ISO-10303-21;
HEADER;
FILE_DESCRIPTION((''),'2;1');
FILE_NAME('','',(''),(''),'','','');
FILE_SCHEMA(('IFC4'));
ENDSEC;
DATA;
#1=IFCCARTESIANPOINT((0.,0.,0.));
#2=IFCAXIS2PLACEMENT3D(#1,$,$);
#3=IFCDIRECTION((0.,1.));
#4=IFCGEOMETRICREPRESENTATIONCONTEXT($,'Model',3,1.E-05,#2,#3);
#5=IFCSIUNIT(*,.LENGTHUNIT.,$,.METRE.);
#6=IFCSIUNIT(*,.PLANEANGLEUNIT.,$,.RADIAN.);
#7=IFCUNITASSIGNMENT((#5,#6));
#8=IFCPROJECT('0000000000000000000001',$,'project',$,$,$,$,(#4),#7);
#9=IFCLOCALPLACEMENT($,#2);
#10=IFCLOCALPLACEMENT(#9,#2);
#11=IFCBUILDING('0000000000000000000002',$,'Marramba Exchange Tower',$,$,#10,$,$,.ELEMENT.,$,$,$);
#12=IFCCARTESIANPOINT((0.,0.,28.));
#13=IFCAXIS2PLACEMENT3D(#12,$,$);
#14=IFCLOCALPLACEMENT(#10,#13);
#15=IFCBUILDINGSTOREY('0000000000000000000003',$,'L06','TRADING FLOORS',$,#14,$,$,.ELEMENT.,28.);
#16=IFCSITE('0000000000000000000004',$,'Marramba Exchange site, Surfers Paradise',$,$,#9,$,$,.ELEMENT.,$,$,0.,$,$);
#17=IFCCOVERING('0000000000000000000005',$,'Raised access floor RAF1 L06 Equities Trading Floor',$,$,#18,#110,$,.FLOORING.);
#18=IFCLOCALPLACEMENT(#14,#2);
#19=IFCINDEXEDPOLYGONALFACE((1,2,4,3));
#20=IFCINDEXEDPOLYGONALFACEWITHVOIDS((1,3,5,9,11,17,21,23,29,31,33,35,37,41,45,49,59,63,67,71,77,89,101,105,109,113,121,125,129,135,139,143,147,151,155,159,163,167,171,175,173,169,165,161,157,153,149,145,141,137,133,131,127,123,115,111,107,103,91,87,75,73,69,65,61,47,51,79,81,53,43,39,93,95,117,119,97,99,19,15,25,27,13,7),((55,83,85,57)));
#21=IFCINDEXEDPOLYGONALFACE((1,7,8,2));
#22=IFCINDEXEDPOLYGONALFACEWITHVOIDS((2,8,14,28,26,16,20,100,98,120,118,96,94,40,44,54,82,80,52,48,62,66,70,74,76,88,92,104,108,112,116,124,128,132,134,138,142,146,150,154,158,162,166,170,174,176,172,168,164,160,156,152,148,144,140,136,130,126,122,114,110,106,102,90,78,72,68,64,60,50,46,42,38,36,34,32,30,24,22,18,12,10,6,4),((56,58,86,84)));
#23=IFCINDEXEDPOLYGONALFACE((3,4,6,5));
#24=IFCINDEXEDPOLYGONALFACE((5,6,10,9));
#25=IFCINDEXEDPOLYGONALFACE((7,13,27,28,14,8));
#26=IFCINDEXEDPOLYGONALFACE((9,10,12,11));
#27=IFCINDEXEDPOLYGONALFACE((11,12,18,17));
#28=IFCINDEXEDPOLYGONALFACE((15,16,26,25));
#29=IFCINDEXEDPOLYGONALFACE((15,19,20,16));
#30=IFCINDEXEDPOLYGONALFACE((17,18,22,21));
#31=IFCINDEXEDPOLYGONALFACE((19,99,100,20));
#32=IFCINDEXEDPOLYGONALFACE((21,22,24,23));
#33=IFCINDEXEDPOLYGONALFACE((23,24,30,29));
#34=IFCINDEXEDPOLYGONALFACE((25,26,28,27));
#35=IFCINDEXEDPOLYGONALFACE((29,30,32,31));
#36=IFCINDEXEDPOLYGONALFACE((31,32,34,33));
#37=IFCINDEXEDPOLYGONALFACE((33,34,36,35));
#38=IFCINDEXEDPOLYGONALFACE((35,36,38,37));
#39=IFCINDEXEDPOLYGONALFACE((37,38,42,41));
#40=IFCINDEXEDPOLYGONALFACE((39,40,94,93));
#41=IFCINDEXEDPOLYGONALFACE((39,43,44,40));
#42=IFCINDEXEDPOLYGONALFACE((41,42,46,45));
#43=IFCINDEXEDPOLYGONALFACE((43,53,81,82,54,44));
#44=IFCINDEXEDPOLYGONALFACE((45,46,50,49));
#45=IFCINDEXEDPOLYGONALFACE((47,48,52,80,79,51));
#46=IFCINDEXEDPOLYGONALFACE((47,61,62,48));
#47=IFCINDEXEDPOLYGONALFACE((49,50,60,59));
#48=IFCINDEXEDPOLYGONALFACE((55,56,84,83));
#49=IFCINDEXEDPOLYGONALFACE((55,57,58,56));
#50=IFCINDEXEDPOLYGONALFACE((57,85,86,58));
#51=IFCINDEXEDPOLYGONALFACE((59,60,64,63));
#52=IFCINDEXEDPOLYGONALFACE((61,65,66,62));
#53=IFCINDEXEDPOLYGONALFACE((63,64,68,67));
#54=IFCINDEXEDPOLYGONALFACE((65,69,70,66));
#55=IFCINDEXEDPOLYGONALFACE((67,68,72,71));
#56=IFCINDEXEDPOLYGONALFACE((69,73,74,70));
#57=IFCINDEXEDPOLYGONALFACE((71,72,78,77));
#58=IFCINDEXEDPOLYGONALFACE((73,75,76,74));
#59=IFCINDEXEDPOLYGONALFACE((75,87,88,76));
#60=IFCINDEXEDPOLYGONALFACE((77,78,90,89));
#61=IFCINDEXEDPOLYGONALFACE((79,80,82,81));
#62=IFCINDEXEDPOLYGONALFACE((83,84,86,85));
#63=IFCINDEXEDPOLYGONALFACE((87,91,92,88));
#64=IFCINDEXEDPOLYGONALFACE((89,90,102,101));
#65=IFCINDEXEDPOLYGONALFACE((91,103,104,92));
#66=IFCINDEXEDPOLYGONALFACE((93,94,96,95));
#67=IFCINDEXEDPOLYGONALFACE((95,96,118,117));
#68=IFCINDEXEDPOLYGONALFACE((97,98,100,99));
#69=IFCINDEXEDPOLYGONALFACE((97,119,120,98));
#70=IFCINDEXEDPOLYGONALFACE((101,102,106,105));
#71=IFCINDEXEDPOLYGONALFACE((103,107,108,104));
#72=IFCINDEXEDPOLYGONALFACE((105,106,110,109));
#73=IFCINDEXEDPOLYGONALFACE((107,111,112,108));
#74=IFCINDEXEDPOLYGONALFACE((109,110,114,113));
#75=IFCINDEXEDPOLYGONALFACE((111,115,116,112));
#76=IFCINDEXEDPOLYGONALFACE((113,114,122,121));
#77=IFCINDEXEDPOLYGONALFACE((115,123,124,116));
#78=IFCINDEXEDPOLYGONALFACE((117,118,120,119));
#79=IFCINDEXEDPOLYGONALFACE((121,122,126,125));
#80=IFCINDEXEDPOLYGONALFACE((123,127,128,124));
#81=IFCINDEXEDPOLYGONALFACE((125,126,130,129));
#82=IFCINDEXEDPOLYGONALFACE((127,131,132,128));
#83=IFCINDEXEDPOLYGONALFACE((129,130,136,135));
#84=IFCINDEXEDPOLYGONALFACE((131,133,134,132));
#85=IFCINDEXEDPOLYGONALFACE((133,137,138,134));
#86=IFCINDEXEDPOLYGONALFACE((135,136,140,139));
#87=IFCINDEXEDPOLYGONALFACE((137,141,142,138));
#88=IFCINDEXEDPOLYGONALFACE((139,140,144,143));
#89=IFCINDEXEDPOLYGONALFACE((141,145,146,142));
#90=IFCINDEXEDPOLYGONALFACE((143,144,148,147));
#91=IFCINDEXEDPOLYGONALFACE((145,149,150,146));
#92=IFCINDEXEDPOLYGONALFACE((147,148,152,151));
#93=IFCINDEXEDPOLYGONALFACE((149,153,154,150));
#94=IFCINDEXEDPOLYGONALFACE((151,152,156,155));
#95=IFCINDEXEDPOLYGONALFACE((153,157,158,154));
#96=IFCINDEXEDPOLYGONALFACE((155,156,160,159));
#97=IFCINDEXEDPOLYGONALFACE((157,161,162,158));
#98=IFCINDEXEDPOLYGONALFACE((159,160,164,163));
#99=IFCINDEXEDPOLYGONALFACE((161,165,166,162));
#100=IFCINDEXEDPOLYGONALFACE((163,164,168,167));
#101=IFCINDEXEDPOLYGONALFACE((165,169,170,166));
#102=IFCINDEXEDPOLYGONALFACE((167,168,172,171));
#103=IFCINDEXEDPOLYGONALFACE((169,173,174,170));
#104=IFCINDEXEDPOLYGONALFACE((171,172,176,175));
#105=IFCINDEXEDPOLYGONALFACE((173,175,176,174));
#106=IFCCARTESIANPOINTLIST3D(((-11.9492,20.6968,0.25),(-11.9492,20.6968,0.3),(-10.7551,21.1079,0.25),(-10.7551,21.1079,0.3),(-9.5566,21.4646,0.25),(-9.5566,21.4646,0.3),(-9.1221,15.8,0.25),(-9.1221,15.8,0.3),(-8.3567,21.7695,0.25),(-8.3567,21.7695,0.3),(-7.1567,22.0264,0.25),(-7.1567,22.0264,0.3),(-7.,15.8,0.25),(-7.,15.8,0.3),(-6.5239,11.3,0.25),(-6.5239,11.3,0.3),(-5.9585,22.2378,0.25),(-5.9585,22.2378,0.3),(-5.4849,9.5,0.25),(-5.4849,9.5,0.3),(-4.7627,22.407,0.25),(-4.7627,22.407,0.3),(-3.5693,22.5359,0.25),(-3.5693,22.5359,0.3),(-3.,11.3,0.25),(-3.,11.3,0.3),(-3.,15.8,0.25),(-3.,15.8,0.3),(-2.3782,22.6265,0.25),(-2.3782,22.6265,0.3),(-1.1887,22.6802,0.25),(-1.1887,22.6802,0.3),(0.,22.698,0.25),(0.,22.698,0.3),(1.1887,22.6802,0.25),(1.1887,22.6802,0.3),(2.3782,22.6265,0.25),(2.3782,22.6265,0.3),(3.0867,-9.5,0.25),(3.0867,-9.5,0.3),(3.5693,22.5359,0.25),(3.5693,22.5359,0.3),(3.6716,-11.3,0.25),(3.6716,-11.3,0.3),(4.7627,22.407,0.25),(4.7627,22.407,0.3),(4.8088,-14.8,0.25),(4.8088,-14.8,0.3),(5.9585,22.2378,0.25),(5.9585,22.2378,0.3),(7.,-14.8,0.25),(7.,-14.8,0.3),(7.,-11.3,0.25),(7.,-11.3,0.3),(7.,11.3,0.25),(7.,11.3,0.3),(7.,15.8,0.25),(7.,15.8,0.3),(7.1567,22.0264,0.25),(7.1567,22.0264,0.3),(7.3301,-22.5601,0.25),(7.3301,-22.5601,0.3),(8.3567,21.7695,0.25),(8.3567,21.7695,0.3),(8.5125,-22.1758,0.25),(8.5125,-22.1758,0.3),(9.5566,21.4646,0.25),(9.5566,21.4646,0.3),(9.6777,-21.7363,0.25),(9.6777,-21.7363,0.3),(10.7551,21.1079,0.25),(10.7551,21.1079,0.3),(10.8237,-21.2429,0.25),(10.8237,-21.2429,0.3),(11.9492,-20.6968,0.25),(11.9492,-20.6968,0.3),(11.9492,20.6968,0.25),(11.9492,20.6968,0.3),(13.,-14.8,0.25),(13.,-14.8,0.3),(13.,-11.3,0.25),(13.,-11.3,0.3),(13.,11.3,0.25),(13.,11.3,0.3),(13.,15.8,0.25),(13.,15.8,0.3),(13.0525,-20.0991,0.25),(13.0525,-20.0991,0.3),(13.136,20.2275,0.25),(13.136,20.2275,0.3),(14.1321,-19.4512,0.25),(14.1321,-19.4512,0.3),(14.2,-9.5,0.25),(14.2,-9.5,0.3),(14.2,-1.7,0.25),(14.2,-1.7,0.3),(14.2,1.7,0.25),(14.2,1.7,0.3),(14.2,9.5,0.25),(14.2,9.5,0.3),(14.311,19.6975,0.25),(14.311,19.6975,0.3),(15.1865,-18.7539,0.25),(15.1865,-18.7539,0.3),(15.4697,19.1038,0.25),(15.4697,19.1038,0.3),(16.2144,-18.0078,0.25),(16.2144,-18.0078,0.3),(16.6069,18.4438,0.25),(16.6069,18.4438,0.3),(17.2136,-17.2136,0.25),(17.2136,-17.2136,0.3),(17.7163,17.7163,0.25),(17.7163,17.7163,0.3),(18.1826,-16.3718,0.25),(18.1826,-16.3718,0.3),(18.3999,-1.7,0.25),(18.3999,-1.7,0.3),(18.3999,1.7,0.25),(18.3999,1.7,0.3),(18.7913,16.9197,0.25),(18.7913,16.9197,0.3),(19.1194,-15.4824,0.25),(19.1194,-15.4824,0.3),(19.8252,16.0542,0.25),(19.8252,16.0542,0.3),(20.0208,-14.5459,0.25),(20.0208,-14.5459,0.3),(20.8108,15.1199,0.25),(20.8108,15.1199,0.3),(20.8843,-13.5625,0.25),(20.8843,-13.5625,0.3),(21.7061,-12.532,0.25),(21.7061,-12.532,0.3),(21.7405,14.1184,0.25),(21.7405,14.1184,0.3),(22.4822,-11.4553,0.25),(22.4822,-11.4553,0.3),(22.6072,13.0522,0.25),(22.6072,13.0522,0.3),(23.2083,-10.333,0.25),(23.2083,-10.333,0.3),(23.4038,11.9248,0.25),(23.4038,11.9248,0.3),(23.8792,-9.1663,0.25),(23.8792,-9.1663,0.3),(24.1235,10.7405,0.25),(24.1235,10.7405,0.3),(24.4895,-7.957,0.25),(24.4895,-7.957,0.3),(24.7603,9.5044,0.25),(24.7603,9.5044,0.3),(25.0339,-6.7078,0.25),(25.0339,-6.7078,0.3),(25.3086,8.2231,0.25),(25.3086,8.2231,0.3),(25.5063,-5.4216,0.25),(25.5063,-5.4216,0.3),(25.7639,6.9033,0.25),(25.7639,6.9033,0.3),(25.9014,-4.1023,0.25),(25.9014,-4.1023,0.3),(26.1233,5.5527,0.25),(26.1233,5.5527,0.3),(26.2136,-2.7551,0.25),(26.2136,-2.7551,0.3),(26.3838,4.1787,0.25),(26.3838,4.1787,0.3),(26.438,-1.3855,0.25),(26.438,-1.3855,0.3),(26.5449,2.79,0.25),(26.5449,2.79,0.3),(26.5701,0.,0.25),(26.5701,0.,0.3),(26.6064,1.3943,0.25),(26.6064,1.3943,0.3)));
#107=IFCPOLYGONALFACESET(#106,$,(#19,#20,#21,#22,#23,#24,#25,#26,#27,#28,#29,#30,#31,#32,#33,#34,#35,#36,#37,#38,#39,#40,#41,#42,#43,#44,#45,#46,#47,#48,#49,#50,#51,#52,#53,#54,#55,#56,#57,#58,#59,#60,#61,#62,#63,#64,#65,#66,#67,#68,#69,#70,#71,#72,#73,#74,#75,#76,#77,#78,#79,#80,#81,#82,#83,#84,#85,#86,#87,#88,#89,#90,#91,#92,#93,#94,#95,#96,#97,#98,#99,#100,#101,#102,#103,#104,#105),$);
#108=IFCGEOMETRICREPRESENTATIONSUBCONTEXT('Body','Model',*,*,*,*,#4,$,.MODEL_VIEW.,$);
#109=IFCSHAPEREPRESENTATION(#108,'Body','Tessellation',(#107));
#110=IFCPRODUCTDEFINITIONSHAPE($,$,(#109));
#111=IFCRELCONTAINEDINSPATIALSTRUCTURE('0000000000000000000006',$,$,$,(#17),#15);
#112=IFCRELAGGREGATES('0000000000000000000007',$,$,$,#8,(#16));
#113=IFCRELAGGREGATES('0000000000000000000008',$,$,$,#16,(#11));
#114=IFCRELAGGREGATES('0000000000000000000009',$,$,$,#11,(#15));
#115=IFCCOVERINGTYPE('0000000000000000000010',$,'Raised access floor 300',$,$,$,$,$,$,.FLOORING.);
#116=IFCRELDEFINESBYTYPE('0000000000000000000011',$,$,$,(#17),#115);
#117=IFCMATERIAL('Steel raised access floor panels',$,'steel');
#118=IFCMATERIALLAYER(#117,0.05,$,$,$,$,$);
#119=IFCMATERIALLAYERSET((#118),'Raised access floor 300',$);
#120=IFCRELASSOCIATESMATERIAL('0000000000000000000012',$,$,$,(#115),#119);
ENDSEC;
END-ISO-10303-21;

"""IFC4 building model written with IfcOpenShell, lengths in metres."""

from ifc_helpers import new_model, si_unit, direction, frame, origin, place, context, subcontext, project, spatial, polyline, outline, extrude, material, layer, layer_set, type_object, element, save


model = new_model("IFC4")

# Units and contexts
model_context = context("Model", 3, precision=1e-05, world=origin(), true_north=direction((0.0, 1.0)))
body_context = subcontext(model_context, "Body", "Model", "MODEL_VIEW")
ifc_project = project(units=[si_unit("LENGTHUNIT", "METRE"), si_unit("PLANEANGLEUNIT", "RADIAN")], contexts=[model_context])

# Site, building, storey
site_placement = place(None, origin())
site = spatial("IfcSite", under=ifc_project, at=site_placement, Name="Marramba Exchange site, Surfers Paradise", CompositionType="ELEMENT", RefElevation=0.0)
building_placement = place(site_placement, origin())
building = spatial("IfcBuilding", under=site, at=building_placement, Name="Marramba Exchange Tower", CompositionType="ELEMENT")
storey_placement = place(building_placement, frame((0.0, 0.0, 28.0)))
storey = spatial("IfcBuildingStorey", under=building, at=storey_placement, Name="L06", Description="TRADING FLOORS", CompositionType="ELEMENT", Elevation=28.0)

# Covering
ifc_material_1 = material(Name="Steel raised access floor panels", Category="steel")
ifc_layer_1 = layer(ifc_material_1, 0.05)
ifc_layer_set_1 = layer_set([ifc_layer_1], Name="Raised access floor 300")
covering_type_1 = type_object("IfcCoveringType", Name="Raised access floor 300", PredefinedType="FLOORING", material=ifc_layer_set_1)
covering_1_placement = place(storey_placement, frame((0.0, 0.0, 0.25)))
element("IfcCovering", 1, at=covering_1_placement, inside=storey, type_object=covering_type_1, Name="Raised access floor RAF1 L06 Equities Trading Floor", PredefinedType="FLOORING", context=body_context, shape_type="SweptSolid", body=[
    extrude(outline(polyline([(14.2, -1.7), (18.3999, -1.7), (18.3999, 1.7), (14.2, 1.7), (14.2, 9.5), (-5.4849, 9.5), (-6.5239, 11.3), (-3.0, 11.3), (-3.0, 15.8), (-7.0, 15.8), (-9.1221, 15.8), (-11.9492, 20.6968), (-10.7551, 21.1079), (-9.5566, 21.4646), (-8.3567, 21.7695), (-7.1567, 22.0264), (-5.9585, 22.2378), (-4.7627, 22.407), (-3.5693, 22.5359), (-2.3782, 22.6265), (-1.1887, 22.6802), (0.0, 22.698), (1.1887, 22.6802), (2.3782, 22.6265), (3.5693, 22.5359), (4.7627, 22.407), (5.9585, 22.2378), (7.1567, 22.0264), (8.3567, 21.7695), (9.5566, 21.4646), (10.7551, 21.1079), (11.9492, 20.6968), (13.136, 20.2275), (14.311, 19.6975), (15.4697, 19.1038), (16.6069, 18.4438), (17.7163, 17.7163), (18.7913, 16.9197), (19.8252, 16.0542), (20.8108, 15.1199), (21.7405, 14.1184), (22.6072, 13.0522), (23.4038, 11.9248), (24.1235, 10.7405), (24.7603, 9.5044), (25.3086, 8.2231), (25.7639, 6.9033), (26.1233, 5.5527), (26.3838, 4.1787), (26.5449, 2.79), (26.6064, 1.3943), (26.5701, 0.0), (26.438, -1.3855), (26.2136, -2.7551), (25.9014, -4.1023), (25.5063, -5.4216), (25.0339, -6.7078), (24.4895, -7.957), (23.8792, -9.1663), (23.2083, -10.333), (22.4822, -11.4553), (21.7061, -12.532), (20.8843, -13.5625), (20.0208, -14.5459), (19.1194, -15.4824), (18.1826, -16.3718), (17.2136, -17.2136), (16.2144, -18.0078), (15.1865, -18.7539), (14.1321, -19.4512), (13.0525, -20.0991), (11.9492, -20.6968), (10.8237, -21.2429), (9.6777, -21.7363), (8.5125, -22.1758), (7.3301, -22.5601), (4.8088, -14.8), (7.0, -14.8), (13.0, -14.8), (13.0, -11.3), (7.0, -11.3), (3.6716, -11.3), (3.0867, -9.5), (14.2, -9.5), (14.2, -1.7)]), holes=[polyline([(7.0, 15.8), (7.0, 11.3), (13.0, 11.3), (13.0, 15.8), (7.0, 15.8)])]), origin(), (0.0, 0.0, 1.0), 0.05),
])

save(model, "model.ifc")
